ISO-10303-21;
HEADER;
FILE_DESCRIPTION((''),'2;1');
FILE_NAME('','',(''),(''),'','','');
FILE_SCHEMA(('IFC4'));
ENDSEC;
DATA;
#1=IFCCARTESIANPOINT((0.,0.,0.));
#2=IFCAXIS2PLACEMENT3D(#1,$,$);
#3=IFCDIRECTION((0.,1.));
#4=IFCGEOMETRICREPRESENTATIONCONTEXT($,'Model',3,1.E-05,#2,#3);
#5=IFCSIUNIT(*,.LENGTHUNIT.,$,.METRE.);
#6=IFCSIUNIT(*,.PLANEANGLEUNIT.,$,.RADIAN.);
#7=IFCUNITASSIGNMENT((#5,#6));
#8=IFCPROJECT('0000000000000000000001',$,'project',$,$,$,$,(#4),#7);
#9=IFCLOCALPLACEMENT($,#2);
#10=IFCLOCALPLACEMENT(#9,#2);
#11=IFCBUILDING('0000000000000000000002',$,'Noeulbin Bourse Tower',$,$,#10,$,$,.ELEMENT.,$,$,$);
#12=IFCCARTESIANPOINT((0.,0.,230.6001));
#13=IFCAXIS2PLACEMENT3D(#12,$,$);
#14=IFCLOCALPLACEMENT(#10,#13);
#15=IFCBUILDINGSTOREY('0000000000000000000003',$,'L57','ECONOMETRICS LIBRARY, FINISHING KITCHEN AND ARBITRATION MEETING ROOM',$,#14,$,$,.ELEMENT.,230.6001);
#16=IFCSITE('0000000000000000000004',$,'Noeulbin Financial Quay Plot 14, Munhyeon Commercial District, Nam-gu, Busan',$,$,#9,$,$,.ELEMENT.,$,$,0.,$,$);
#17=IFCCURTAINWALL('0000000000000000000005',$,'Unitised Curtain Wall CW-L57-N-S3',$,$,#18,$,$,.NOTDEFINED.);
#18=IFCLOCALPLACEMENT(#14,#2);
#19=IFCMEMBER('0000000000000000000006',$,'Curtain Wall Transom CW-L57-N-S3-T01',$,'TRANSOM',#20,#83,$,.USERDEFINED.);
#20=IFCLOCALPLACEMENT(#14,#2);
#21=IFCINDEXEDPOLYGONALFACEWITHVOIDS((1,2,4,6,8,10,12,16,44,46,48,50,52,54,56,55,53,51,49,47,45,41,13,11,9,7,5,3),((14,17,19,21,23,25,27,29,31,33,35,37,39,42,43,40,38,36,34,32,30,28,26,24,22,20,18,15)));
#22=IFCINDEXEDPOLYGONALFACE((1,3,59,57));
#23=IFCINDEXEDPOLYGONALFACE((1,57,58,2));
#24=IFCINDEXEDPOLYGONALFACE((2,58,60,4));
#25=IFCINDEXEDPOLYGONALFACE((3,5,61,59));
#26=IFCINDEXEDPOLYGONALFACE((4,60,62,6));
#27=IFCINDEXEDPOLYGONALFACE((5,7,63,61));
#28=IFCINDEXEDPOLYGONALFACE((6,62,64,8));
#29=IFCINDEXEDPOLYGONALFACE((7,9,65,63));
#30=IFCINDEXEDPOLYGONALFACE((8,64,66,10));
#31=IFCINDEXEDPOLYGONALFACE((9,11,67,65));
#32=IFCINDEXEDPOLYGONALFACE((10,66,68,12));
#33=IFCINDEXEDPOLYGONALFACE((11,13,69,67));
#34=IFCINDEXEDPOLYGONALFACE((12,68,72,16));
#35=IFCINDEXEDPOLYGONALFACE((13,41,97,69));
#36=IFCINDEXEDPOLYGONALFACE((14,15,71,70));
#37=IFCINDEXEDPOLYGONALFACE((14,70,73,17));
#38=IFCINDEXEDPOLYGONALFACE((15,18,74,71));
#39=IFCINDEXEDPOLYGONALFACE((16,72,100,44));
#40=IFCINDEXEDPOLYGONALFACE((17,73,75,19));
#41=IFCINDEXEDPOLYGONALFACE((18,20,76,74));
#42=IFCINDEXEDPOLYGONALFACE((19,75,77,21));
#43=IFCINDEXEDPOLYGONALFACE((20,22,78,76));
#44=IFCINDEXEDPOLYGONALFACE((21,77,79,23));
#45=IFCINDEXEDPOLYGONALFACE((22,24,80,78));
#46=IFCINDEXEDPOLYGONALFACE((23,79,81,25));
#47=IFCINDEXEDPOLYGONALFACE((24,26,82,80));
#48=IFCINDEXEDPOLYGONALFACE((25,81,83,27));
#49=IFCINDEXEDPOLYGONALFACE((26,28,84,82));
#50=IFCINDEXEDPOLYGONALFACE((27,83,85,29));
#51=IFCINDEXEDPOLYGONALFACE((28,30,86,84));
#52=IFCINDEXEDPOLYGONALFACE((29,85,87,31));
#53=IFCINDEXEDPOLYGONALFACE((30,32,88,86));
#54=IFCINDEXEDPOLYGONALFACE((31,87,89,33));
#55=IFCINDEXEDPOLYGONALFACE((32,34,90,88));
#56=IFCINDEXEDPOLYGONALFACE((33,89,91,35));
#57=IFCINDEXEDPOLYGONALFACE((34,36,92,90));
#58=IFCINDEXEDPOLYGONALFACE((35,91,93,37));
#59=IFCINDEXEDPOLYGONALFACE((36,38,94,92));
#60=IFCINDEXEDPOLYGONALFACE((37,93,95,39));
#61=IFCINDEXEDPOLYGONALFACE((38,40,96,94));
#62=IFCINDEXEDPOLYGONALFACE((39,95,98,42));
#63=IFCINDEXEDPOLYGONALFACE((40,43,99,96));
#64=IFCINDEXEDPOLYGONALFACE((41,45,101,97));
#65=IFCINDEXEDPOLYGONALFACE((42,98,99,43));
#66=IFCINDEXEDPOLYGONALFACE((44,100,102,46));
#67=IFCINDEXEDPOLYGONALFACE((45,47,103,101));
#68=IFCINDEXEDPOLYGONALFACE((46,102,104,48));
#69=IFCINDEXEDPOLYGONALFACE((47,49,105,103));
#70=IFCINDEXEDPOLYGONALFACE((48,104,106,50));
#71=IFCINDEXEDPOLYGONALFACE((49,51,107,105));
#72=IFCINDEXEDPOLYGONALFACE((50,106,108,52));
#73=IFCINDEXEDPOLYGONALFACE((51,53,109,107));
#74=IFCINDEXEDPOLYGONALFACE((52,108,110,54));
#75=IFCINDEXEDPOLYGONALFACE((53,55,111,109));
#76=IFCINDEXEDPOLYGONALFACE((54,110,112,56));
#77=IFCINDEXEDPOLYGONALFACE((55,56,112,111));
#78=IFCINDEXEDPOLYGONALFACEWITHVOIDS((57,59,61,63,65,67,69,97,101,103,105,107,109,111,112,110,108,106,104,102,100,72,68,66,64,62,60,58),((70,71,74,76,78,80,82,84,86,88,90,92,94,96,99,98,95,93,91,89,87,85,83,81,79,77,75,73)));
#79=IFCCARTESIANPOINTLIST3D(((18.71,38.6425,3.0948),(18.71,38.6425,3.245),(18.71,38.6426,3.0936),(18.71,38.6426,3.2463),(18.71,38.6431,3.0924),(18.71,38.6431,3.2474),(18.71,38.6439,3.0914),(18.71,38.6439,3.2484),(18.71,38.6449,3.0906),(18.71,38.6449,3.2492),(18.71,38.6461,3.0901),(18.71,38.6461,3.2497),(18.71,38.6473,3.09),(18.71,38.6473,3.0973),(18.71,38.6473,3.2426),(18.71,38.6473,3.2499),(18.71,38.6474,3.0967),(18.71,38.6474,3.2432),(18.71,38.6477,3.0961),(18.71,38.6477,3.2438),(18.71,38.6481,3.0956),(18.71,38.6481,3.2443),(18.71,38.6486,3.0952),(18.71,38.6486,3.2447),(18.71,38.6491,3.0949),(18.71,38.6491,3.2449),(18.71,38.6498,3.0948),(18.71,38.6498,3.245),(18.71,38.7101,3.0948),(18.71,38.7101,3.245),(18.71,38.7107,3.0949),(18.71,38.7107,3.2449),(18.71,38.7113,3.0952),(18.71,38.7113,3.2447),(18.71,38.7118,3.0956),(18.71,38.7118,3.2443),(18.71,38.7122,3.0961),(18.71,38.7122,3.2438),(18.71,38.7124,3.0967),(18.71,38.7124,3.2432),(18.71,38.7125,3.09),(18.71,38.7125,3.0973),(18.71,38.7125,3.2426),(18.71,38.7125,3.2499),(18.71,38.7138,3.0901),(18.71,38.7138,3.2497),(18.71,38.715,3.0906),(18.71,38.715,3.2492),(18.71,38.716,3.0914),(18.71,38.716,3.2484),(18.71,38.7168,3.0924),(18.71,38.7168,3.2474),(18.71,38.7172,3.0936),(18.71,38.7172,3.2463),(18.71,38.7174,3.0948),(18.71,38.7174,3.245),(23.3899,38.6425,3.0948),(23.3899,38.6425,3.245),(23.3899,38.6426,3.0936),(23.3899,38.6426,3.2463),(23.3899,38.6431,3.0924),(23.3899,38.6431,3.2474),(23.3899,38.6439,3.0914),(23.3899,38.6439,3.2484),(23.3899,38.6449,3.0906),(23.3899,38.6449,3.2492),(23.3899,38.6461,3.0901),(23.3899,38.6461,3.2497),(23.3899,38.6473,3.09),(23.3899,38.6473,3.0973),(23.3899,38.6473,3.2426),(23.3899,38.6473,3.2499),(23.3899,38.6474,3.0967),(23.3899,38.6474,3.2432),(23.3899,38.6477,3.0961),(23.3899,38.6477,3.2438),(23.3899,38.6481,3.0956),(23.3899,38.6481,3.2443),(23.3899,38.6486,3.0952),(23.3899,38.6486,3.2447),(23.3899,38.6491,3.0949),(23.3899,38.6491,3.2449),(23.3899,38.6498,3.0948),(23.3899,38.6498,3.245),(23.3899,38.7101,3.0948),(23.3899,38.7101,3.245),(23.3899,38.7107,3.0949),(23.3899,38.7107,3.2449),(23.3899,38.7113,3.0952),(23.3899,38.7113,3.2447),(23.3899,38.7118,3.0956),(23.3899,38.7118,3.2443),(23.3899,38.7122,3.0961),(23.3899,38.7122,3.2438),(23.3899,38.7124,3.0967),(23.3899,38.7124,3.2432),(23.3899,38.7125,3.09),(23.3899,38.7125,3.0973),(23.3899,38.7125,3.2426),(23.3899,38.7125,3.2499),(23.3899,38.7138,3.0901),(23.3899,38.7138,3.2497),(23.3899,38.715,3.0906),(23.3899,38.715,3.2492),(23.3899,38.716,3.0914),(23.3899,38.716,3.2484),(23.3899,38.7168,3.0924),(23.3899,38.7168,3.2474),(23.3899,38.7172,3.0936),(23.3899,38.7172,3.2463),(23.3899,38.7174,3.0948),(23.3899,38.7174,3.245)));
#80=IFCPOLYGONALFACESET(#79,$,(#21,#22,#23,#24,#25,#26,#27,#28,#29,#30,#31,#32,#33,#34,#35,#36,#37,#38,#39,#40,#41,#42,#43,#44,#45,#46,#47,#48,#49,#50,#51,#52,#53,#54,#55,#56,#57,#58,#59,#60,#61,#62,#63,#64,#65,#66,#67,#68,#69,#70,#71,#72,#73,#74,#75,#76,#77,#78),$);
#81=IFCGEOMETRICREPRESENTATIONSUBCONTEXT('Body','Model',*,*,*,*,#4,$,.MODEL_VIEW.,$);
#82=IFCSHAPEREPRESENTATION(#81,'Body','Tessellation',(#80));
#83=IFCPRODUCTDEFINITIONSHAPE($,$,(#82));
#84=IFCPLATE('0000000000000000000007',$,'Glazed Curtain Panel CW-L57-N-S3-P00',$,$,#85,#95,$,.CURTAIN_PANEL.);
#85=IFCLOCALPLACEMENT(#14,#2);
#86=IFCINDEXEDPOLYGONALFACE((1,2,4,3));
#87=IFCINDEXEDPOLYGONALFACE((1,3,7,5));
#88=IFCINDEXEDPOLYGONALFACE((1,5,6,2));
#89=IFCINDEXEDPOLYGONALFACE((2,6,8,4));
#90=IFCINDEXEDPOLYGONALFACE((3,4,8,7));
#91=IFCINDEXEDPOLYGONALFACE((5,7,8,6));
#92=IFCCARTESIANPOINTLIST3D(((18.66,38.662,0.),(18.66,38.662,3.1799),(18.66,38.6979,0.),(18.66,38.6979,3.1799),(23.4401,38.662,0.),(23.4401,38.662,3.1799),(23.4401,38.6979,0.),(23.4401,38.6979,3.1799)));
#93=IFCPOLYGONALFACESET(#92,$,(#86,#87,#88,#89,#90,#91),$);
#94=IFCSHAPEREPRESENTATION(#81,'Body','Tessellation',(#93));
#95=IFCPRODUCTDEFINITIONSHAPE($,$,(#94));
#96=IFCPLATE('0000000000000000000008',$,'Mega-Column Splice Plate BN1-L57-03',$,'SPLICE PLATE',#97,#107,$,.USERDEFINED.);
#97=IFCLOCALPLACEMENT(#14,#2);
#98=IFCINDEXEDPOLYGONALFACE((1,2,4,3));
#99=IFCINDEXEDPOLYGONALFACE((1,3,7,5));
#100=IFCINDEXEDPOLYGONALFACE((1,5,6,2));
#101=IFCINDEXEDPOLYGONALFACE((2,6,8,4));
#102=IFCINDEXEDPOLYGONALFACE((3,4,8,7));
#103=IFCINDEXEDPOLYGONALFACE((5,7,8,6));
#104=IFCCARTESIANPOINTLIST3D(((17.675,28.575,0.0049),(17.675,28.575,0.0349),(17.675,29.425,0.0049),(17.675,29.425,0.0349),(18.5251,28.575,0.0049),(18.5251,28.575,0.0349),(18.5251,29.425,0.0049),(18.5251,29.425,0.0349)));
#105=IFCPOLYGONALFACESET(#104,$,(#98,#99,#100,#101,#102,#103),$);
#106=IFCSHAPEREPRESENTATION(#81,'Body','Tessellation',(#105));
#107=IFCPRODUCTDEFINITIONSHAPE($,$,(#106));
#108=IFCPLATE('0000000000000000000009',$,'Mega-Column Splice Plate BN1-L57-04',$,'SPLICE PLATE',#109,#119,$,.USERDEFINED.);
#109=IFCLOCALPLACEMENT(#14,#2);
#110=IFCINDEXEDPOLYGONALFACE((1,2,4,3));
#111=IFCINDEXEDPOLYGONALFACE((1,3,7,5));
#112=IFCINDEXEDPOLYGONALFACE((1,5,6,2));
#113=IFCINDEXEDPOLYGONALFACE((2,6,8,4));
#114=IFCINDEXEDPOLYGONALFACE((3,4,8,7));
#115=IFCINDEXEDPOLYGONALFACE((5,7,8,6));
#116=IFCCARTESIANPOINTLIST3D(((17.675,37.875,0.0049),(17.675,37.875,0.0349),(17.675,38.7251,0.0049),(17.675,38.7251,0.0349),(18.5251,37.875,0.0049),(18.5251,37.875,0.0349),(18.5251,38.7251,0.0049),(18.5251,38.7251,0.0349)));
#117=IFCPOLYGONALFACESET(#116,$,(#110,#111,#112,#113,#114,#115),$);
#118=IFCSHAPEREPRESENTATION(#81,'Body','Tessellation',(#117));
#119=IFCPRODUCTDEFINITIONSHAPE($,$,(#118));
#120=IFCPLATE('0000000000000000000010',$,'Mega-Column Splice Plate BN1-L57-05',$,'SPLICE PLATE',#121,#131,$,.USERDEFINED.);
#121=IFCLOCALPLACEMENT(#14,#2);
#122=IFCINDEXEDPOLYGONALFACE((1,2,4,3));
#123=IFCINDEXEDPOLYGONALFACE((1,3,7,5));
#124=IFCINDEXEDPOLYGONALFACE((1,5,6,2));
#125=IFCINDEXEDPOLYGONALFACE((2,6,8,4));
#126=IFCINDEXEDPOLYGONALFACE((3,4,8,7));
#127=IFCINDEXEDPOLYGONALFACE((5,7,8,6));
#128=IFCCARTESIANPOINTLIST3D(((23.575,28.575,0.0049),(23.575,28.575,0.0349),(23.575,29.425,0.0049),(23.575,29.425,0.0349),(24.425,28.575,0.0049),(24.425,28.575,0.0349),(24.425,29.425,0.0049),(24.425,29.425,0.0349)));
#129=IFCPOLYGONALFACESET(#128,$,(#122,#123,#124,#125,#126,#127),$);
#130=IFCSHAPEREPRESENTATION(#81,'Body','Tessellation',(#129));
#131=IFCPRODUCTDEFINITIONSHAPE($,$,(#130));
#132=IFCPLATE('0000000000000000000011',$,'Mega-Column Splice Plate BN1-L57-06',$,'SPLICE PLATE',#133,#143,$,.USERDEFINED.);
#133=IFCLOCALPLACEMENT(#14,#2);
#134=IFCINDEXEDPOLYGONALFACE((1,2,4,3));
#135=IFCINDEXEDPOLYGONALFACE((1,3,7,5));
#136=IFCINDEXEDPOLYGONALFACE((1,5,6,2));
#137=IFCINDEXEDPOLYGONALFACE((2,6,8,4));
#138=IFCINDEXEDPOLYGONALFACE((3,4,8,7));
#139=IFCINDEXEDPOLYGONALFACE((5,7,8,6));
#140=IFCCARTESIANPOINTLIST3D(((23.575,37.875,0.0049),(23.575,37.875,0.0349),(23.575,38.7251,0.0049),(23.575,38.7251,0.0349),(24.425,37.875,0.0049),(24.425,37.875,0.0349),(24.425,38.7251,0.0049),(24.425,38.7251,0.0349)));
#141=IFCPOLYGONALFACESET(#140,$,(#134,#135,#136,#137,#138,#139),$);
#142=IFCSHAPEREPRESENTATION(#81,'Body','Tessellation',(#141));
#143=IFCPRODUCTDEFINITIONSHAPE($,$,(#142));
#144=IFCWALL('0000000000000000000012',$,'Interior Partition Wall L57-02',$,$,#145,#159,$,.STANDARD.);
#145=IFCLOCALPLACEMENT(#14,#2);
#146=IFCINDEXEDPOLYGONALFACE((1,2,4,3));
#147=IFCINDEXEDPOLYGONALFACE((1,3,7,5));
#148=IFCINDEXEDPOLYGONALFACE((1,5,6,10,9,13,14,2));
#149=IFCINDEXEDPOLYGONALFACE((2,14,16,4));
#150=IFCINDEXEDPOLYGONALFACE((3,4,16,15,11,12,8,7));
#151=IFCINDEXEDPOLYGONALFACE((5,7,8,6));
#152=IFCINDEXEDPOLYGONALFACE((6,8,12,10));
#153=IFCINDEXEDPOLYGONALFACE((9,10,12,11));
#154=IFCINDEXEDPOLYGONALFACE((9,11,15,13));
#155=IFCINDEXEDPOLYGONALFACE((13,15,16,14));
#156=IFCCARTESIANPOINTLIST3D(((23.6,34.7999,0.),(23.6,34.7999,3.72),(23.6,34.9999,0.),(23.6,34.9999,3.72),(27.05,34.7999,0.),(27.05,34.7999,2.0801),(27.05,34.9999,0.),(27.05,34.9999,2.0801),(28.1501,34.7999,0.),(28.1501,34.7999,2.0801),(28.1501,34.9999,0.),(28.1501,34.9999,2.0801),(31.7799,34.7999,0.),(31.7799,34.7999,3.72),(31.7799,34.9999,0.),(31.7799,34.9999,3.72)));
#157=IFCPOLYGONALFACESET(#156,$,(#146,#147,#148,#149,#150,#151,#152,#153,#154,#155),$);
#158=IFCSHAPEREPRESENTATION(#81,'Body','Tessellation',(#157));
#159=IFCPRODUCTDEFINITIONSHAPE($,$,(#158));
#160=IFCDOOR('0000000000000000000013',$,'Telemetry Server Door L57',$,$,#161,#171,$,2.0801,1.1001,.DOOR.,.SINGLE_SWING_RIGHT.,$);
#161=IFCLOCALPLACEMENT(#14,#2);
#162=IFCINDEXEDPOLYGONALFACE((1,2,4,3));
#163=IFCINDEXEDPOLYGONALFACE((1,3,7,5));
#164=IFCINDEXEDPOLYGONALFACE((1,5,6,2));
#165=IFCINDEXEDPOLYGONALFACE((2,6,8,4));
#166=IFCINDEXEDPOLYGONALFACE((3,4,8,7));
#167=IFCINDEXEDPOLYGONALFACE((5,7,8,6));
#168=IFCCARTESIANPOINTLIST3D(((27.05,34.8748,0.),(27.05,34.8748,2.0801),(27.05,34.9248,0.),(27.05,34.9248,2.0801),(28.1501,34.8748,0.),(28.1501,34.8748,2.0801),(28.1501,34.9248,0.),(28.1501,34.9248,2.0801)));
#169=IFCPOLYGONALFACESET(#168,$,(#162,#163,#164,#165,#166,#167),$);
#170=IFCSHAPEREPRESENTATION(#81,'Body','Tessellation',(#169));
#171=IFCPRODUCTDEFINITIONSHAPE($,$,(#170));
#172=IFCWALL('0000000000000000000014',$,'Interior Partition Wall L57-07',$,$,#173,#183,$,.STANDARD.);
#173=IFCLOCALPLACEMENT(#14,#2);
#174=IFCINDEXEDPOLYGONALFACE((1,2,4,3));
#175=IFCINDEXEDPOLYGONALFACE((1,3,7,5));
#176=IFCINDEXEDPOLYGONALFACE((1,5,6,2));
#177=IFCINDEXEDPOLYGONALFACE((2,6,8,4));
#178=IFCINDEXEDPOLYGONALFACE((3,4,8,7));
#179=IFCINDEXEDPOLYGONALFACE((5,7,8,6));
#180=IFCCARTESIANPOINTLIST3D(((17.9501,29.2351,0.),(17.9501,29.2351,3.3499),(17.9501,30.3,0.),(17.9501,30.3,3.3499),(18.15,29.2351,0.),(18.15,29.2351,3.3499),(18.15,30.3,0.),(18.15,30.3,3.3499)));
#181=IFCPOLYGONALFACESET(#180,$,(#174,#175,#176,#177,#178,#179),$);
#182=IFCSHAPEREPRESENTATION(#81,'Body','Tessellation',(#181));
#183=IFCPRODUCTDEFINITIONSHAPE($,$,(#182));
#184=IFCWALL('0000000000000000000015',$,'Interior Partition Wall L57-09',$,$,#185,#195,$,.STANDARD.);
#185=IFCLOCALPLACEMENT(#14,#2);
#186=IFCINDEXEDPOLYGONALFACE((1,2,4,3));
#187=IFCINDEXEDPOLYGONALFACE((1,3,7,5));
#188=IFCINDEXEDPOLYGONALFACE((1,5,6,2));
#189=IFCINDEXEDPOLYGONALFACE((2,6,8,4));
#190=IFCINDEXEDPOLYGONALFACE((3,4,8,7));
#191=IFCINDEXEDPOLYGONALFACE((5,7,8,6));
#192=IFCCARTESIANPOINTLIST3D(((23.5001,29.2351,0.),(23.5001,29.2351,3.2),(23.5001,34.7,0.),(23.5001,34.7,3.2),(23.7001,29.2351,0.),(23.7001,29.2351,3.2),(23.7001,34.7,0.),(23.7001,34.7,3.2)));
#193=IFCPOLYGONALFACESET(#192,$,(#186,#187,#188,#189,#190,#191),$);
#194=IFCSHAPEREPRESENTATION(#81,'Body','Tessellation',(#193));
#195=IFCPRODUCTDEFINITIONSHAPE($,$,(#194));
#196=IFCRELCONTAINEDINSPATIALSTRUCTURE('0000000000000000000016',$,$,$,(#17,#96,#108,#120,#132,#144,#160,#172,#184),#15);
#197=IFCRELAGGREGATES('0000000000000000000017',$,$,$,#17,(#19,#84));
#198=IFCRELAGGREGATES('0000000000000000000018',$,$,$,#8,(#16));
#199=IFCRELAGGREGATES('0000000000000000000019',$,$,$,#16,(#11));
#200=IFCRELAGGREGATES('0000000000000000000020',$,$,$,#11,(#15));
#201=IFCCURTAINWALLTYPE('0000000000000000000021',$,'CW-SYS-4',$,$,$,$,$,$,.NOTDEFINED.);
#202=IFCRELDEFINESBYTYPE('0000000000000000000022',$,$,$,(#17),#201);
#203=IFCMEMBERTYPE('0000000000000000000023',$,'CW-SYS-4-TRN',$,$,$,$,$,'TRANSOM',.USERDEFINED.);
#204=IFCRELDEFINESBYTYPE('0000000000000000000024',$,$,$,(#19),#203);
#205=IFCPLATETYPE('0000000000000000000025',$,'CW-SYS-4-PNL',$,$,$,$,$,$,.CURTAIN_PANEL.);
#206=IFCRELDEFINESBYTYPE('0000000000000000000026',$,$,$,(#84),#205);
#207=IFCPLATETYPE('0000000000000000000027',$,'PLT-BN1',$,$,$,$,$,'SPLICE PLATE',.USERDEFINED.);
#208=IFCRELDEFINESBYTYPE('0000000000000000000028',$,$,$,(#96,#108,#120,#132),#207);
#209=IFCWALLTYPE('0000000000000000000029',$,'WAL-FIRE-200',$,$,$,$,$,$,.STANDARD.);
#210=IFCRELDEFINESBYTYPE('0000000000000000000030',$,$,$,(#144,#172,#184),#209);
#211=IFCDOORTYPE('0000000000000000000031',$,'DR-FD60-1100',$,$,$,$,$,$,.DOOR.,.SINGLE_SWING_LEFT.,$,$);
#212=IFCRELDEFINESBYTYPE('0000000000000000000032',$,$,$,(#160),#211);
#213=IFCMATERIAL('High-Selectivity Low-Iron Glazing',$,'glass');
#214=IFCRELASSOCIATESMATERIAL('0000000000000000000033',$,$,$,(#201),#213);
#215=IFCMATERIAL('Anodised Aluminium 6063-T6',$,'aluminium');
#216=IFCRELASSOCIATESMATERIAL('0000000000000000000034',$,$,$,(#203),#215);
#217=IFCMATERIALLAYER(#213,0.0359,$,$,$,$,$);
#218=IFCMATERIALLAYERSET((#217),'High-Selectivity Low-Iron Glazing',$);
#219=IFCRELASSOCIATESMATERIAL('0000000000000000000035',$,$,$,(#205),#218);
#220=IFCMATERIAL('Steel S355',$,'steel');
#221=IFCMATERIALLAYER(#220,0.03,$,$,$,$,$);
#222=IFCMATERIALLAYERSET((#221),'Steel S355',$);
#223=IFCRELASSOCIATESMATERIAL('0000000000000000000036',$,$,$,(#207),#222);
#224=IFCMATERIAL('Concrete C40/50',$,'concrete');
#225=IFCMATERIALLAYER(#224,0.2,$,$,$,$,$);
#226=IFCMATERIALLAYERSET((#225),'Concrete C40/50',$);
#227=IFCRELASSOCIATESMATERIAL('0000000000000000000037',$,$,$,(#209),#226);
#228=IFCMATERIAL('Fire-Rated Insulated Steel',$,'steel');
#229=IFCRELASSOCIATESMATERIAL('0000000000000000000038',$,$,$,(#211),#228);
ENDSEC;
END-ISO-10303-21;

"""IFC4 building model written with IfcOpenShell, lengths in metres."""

from ifc_helpers import new_model, si_unit, direction, frame, frame_2d, origin, origin_2d, place, context, subcontext, project, spatial, rectangle, hollow_rectangle, extrude, material, layer, layer_set, material_profile, profile_set, type_object, element, fill, aggregate, save


model = new_model("IFC4")

# Units and contexts
model_context = context("Model", 3, precision=1e-05, world=origin(), true_north=direction((0.0, 1.0)))
body_context = subcontext(model_context, "Body", "Model", "MODEL_VIEW")
ifc_project = project(units=[si_unit("LENGTHUNIT", "METRE"), si_unit("PLANEANGLEUNIT", "RADIAN")], contexts=[model_context])

# Site, building, storey
site_placement = place(None, origin())
site = spatial("IfcSite", under=ifc_project, at=site_placement, Name="Noeulbin Financial Quay Plot 14, Munhyeon Commercial District, Nam-gu, Busan", CompositionType="ELEMENT", RefElevation=0.0)
building_placement = place(site_placement, origin())
building = spatial("IfcBuilding", under=site, at=building_placement, Name="Noeulbin Bourse Tower", CompositionType="ELEMENT")
storey_placement = place(building_placement, frame((0.0, 0.0, 230.6001)))
storey = spatial("IfcBuildingStorey", under=building, at=storey_placement, Name="L57", Description="ECONOMETRICS LIBRARY, FINISHING KITCHEN AND ARBITRATION MEETING ROOM", CompositionType="ELEMENT", Elevation=230.6001)

# Shared definitions
ifc_material_1 = material(Name="Steel S355", Category="steel")

# Curtain wall, member, plate
ifc_material_2 = material(Name="High-Selectivity Low-Iron Glazing", Category="glass")
curtain_wall_type = type_object("IfcCurtainWallType", Name="CW-SYS-4", PredefinedType="NOTDEFINED", material=ifc_material_2)
curtain_wall_placement = place(storey_placement, origin())
curtain_wall = element("IfcCurtainWall", 1, at=curtain_wall_placement, inside=storey, type_object=curtain_wall_type, Name="Unitised Curtain Wall CW-L57-N-S3", PredefinedType="NOTDEFINED")
ifc_material_3 = material(Name="Anodised Aluminium 6063-T6", Category="aluminium")
ifc_material_profile_1 = material_profile(ifc_material_3, hollow_rectangle(XDim=0.075, YDim=0.1599, WallThickness=0.0049, InnerFilletRadius=0.0024, OuterFilletRadius=0.0049, at=origin_2d()), Name="ALU-TRAN-75x160x5", Category="LoadBearing")
ifc_profile_set_1 = profile_set([ifc_material_profile_1], Name="Anodised Aluminium 6063-T6")
member_type_1 = type_object("IfcMemberType", Name="CW-SYS-4-TRN", ElementType="TRANSOM", PredefinedType="USERDEFINED", material=ifc_profile_set_1)
member_1_placement = place(storey_placement, frame((18.71, 38.6799, 3.1699), z_axis=(1.0, 0.0, 0.0), x_axis=(0.0, 1.0, 0.0)))
member_1 = element("IfcMember", 2, at=member_1_placement, type_object=member_type_1, Name="Curtain Wall Transom CW-L57-N-S3-T01", ObjectType="TRANSOM", PredefinedType="USERDEFINED", context=body_context, shape_type="SweptSolid", body=[
    extrude(hollow_rectangle(XDim=0.075, YDim=0.1599, WallThickness=0.0049, InnerFilletRadius=0.0024, OuterFilletRadius=0.0049, at=origin_2d()), origin(), (0.0, 0.0, 1.0), 4.6799),
])
ifc_layer_1 = layer(ifc_material_2, 0.0359)
ifc_layer_set_1 = layer_set([ifc_layer_1], Name="High-Selectivity Low-Iron Glazing")
plate_type_1 = type_object("IfcPlateType", Name="CW-SYS-4-PNL", PredefinedType="CURTAIN_PANEL", material=ifc_layer_set_1)
plate_placement = place(storey_placement, frame((21.05, 38.6799, 0.0), z_axis=(0.0, 0.0, 1.0), x_axis=(1.0, 0.0, 0.0)))
plate = element("IfcPlate", 3, at=plate_placement, type_object=plate_type_1, Name="Glazed Curtain Panel CW-L57-N-S3-P00", PredefinedType="CURTAIN_PANEL", context=body_context, shape_type="SweptSolid", body=[
    extrude(rectangle(XDim=4.78, YDim=0.0359, at=origin_2d()), origin(), (0.0, 0.0, 1.0), 3.1799),
])
aggregate(curtain_wall, [member_1, plate])

# Plates
ifc_layer_2 = layer(ifc_material_1, 0.03)
ifc_layer_set_2 = layer_set([ifc_layer_2], Name="Steel S355")
plate_type_2 = type_object("IfcPlateType", Name="PLT-BN1", ElementType="SPLICE PLATE", PredefinedType="USERDEFINED", material=ifc_layer_set_2)
for number, where, z_axis, x_axis, name in (
    (4, (18.1001, 29.0, 0.0049), (0.0, 0.0, 1.0), (1.0, 0.0, 0.0), "Mega-Column Splice Plate BN1-L57-03"),
    (5, (18.1001, 38.3, 0.0049), (0.0, 0.0, 1.0), (1.0, 0.0, 0.0), "Mega-Column Splice Plate BN1-L57-04"),
    (6, (24.0, 29.0, 0.0049), (0.0, 0.0, 1.0), (1.0, 0.0, 0.0), "Mega-Column Splice Plate BN1-L57-05"),
    (7, (24.0, 38.3, 0.0049), (0.0, 0.0, 1.0), (1.0, 0.0, 0.0), "Mega-Column Splice Plate BN1-L57-06"),
):
    element("IfcPlate", number, at=place(storey_placement, frame(where, z_axis=z_axis, x_axis=x_axis)), inside=storey, type_object=plate_type_2, Name=name, ObjectType="SPLICE PLATE", PredefinedType="USERDEFINED", context=body_context, shape_type="SweptSolid", body=[
        extrude(rectangle(XDim=0.8501, YDim=0.8501, at=origin_2d()), origin(), (0.0, 0.0, 1.0), 0.03),
    ])

# Wall, opening, door
ifc_material_4 = material(Name="Concrete C40/50", Category="concrete")
ifc_layer_3 = layer(ifc_material_4, 0.2)
ifc_layer_set_3 = layer_set([ifc_layer_3], Name="Concrete C40/50")
wall_type_1 = type_object("IfcWallType", Name="WAL-FIRE-200", PredefinedType="STANDARD", material=ifc_layer_set_3)
wall_1_placement = place(storey_placement, frame((23.6001, 34.8999, 0.0), z_axis=(0.0, 0.0, 1.0), x_axis=(1.0, 0.0, 0.0)))
wall_1 = element("IfcWall", 8, at=wall_1_placement, inside=storey, type_object=wall_type_1, Name="Interior Partition Wall L57-02", PredefinedType="STANDARD", context=body_context, shape_type="SweptSolid", body=[
    extrude(rectangle(XDim=8.1799, YDim=0.2, at=frame_2d((4.0898, 0.0))), origin(), (0.0, 0.0, 1.0), 3.72),
])
opening_1_placement = place(wall_1_placement, frame((3.45, 0.0, 0.0)))
opening_1 = element("IfcOpeningElement", 9, at=opening_1_placement, cuts=wall_1, PredefinedType="OPENING", context=body_context, shape_type="SweptSolid", body=[
    extrude(rectangle(XDim=1.1001, YDim=2.0801, at=frame_2d((0.55, 1.04))), frame((0.0, 0.1099, 0.0), z_axis=(0.0, -1.0, 0.0), x_axis=(1.0, 0.0, 0.0)), (0.0, 0.0, 1.0), 0.22),
])
ifc_material_5 = material(Name="Fire-Rated Insulated Steel", Category="steel")
door_type_1 = type_object("IfcDoorType", Name="DR-FD60-1100", OperationType="SINGLE_SWING_LEFT", PredefinedType="DOOR", material=ifc_material_5)
door_1_placement = place(opening_1_placement, origin())
door_1 = element("IfcDoor", 10, at=door_1_placement, inside=storey, type_object=door_type_1, Name="Telemetry Server Door L57", OperationType="SINGLE_SWING_RIGHT", OverallHeight=2.0801, OverallWidth=1.1001, PredefinedType="DOOR", context=body_context, shape_type="SweptSolid", body=[
    extrude(rectangle(XDim=1.1001, YDim=2.0801, at=frame_2d((0.55, 1.04))), frame((0.0, 0.0249, 0.0), z_axis=(0.0, -1.0, 0.0), x_axis=(1.0, 0.0, 0.0)), (0.0, 0.0, 1.0), 0.05),
])
fill(opening_1, door_1)

# Walls
wall_2_placement = place(storey_placement, frame((18.05, 29.2351, 0.0), z_axis=(0.0, 0.0, 1.0), x_axis=(0.0, 1.0, 0.0)))
element("IfcWall", 11, at=wall_2_placement, inside=storey, type_object=wall_type_1, Name="Interior Partition Wall L57-07", PredefinedType="STANDARD", context=body_context, shape_type="SweptSolid", body=[
    extrude(rectangle(XDim=1.0649, YDim=0.2, at=frame_2d((0.5325, 0.0))), origin(), (0.0, 0.0, 1.0), 3.3499),
])
wall_3_placement = place(storey_placement, frame((23.6001, 29.2351, 0.0), z_axis=(0.0, 0.0, 1.0), x_axis=(0.0, 1.0, 0.0)))
element("IfcWall", 12, at=wall_3_placement, inside=storey, type_object=wall_type_1, Name="Interior Partition Wall L57-09", PredefinedType="STANDARD", context=body_context, shape_type="SweptSolid", body=[
    extrude(rectangle(XDim=5.4648, YDim=0.2, at=frame_2d((2.7324, 0.0))), origin(), (0.0, 0.0, 1.0), 3.2),
])

save(model, "model.ifc")
